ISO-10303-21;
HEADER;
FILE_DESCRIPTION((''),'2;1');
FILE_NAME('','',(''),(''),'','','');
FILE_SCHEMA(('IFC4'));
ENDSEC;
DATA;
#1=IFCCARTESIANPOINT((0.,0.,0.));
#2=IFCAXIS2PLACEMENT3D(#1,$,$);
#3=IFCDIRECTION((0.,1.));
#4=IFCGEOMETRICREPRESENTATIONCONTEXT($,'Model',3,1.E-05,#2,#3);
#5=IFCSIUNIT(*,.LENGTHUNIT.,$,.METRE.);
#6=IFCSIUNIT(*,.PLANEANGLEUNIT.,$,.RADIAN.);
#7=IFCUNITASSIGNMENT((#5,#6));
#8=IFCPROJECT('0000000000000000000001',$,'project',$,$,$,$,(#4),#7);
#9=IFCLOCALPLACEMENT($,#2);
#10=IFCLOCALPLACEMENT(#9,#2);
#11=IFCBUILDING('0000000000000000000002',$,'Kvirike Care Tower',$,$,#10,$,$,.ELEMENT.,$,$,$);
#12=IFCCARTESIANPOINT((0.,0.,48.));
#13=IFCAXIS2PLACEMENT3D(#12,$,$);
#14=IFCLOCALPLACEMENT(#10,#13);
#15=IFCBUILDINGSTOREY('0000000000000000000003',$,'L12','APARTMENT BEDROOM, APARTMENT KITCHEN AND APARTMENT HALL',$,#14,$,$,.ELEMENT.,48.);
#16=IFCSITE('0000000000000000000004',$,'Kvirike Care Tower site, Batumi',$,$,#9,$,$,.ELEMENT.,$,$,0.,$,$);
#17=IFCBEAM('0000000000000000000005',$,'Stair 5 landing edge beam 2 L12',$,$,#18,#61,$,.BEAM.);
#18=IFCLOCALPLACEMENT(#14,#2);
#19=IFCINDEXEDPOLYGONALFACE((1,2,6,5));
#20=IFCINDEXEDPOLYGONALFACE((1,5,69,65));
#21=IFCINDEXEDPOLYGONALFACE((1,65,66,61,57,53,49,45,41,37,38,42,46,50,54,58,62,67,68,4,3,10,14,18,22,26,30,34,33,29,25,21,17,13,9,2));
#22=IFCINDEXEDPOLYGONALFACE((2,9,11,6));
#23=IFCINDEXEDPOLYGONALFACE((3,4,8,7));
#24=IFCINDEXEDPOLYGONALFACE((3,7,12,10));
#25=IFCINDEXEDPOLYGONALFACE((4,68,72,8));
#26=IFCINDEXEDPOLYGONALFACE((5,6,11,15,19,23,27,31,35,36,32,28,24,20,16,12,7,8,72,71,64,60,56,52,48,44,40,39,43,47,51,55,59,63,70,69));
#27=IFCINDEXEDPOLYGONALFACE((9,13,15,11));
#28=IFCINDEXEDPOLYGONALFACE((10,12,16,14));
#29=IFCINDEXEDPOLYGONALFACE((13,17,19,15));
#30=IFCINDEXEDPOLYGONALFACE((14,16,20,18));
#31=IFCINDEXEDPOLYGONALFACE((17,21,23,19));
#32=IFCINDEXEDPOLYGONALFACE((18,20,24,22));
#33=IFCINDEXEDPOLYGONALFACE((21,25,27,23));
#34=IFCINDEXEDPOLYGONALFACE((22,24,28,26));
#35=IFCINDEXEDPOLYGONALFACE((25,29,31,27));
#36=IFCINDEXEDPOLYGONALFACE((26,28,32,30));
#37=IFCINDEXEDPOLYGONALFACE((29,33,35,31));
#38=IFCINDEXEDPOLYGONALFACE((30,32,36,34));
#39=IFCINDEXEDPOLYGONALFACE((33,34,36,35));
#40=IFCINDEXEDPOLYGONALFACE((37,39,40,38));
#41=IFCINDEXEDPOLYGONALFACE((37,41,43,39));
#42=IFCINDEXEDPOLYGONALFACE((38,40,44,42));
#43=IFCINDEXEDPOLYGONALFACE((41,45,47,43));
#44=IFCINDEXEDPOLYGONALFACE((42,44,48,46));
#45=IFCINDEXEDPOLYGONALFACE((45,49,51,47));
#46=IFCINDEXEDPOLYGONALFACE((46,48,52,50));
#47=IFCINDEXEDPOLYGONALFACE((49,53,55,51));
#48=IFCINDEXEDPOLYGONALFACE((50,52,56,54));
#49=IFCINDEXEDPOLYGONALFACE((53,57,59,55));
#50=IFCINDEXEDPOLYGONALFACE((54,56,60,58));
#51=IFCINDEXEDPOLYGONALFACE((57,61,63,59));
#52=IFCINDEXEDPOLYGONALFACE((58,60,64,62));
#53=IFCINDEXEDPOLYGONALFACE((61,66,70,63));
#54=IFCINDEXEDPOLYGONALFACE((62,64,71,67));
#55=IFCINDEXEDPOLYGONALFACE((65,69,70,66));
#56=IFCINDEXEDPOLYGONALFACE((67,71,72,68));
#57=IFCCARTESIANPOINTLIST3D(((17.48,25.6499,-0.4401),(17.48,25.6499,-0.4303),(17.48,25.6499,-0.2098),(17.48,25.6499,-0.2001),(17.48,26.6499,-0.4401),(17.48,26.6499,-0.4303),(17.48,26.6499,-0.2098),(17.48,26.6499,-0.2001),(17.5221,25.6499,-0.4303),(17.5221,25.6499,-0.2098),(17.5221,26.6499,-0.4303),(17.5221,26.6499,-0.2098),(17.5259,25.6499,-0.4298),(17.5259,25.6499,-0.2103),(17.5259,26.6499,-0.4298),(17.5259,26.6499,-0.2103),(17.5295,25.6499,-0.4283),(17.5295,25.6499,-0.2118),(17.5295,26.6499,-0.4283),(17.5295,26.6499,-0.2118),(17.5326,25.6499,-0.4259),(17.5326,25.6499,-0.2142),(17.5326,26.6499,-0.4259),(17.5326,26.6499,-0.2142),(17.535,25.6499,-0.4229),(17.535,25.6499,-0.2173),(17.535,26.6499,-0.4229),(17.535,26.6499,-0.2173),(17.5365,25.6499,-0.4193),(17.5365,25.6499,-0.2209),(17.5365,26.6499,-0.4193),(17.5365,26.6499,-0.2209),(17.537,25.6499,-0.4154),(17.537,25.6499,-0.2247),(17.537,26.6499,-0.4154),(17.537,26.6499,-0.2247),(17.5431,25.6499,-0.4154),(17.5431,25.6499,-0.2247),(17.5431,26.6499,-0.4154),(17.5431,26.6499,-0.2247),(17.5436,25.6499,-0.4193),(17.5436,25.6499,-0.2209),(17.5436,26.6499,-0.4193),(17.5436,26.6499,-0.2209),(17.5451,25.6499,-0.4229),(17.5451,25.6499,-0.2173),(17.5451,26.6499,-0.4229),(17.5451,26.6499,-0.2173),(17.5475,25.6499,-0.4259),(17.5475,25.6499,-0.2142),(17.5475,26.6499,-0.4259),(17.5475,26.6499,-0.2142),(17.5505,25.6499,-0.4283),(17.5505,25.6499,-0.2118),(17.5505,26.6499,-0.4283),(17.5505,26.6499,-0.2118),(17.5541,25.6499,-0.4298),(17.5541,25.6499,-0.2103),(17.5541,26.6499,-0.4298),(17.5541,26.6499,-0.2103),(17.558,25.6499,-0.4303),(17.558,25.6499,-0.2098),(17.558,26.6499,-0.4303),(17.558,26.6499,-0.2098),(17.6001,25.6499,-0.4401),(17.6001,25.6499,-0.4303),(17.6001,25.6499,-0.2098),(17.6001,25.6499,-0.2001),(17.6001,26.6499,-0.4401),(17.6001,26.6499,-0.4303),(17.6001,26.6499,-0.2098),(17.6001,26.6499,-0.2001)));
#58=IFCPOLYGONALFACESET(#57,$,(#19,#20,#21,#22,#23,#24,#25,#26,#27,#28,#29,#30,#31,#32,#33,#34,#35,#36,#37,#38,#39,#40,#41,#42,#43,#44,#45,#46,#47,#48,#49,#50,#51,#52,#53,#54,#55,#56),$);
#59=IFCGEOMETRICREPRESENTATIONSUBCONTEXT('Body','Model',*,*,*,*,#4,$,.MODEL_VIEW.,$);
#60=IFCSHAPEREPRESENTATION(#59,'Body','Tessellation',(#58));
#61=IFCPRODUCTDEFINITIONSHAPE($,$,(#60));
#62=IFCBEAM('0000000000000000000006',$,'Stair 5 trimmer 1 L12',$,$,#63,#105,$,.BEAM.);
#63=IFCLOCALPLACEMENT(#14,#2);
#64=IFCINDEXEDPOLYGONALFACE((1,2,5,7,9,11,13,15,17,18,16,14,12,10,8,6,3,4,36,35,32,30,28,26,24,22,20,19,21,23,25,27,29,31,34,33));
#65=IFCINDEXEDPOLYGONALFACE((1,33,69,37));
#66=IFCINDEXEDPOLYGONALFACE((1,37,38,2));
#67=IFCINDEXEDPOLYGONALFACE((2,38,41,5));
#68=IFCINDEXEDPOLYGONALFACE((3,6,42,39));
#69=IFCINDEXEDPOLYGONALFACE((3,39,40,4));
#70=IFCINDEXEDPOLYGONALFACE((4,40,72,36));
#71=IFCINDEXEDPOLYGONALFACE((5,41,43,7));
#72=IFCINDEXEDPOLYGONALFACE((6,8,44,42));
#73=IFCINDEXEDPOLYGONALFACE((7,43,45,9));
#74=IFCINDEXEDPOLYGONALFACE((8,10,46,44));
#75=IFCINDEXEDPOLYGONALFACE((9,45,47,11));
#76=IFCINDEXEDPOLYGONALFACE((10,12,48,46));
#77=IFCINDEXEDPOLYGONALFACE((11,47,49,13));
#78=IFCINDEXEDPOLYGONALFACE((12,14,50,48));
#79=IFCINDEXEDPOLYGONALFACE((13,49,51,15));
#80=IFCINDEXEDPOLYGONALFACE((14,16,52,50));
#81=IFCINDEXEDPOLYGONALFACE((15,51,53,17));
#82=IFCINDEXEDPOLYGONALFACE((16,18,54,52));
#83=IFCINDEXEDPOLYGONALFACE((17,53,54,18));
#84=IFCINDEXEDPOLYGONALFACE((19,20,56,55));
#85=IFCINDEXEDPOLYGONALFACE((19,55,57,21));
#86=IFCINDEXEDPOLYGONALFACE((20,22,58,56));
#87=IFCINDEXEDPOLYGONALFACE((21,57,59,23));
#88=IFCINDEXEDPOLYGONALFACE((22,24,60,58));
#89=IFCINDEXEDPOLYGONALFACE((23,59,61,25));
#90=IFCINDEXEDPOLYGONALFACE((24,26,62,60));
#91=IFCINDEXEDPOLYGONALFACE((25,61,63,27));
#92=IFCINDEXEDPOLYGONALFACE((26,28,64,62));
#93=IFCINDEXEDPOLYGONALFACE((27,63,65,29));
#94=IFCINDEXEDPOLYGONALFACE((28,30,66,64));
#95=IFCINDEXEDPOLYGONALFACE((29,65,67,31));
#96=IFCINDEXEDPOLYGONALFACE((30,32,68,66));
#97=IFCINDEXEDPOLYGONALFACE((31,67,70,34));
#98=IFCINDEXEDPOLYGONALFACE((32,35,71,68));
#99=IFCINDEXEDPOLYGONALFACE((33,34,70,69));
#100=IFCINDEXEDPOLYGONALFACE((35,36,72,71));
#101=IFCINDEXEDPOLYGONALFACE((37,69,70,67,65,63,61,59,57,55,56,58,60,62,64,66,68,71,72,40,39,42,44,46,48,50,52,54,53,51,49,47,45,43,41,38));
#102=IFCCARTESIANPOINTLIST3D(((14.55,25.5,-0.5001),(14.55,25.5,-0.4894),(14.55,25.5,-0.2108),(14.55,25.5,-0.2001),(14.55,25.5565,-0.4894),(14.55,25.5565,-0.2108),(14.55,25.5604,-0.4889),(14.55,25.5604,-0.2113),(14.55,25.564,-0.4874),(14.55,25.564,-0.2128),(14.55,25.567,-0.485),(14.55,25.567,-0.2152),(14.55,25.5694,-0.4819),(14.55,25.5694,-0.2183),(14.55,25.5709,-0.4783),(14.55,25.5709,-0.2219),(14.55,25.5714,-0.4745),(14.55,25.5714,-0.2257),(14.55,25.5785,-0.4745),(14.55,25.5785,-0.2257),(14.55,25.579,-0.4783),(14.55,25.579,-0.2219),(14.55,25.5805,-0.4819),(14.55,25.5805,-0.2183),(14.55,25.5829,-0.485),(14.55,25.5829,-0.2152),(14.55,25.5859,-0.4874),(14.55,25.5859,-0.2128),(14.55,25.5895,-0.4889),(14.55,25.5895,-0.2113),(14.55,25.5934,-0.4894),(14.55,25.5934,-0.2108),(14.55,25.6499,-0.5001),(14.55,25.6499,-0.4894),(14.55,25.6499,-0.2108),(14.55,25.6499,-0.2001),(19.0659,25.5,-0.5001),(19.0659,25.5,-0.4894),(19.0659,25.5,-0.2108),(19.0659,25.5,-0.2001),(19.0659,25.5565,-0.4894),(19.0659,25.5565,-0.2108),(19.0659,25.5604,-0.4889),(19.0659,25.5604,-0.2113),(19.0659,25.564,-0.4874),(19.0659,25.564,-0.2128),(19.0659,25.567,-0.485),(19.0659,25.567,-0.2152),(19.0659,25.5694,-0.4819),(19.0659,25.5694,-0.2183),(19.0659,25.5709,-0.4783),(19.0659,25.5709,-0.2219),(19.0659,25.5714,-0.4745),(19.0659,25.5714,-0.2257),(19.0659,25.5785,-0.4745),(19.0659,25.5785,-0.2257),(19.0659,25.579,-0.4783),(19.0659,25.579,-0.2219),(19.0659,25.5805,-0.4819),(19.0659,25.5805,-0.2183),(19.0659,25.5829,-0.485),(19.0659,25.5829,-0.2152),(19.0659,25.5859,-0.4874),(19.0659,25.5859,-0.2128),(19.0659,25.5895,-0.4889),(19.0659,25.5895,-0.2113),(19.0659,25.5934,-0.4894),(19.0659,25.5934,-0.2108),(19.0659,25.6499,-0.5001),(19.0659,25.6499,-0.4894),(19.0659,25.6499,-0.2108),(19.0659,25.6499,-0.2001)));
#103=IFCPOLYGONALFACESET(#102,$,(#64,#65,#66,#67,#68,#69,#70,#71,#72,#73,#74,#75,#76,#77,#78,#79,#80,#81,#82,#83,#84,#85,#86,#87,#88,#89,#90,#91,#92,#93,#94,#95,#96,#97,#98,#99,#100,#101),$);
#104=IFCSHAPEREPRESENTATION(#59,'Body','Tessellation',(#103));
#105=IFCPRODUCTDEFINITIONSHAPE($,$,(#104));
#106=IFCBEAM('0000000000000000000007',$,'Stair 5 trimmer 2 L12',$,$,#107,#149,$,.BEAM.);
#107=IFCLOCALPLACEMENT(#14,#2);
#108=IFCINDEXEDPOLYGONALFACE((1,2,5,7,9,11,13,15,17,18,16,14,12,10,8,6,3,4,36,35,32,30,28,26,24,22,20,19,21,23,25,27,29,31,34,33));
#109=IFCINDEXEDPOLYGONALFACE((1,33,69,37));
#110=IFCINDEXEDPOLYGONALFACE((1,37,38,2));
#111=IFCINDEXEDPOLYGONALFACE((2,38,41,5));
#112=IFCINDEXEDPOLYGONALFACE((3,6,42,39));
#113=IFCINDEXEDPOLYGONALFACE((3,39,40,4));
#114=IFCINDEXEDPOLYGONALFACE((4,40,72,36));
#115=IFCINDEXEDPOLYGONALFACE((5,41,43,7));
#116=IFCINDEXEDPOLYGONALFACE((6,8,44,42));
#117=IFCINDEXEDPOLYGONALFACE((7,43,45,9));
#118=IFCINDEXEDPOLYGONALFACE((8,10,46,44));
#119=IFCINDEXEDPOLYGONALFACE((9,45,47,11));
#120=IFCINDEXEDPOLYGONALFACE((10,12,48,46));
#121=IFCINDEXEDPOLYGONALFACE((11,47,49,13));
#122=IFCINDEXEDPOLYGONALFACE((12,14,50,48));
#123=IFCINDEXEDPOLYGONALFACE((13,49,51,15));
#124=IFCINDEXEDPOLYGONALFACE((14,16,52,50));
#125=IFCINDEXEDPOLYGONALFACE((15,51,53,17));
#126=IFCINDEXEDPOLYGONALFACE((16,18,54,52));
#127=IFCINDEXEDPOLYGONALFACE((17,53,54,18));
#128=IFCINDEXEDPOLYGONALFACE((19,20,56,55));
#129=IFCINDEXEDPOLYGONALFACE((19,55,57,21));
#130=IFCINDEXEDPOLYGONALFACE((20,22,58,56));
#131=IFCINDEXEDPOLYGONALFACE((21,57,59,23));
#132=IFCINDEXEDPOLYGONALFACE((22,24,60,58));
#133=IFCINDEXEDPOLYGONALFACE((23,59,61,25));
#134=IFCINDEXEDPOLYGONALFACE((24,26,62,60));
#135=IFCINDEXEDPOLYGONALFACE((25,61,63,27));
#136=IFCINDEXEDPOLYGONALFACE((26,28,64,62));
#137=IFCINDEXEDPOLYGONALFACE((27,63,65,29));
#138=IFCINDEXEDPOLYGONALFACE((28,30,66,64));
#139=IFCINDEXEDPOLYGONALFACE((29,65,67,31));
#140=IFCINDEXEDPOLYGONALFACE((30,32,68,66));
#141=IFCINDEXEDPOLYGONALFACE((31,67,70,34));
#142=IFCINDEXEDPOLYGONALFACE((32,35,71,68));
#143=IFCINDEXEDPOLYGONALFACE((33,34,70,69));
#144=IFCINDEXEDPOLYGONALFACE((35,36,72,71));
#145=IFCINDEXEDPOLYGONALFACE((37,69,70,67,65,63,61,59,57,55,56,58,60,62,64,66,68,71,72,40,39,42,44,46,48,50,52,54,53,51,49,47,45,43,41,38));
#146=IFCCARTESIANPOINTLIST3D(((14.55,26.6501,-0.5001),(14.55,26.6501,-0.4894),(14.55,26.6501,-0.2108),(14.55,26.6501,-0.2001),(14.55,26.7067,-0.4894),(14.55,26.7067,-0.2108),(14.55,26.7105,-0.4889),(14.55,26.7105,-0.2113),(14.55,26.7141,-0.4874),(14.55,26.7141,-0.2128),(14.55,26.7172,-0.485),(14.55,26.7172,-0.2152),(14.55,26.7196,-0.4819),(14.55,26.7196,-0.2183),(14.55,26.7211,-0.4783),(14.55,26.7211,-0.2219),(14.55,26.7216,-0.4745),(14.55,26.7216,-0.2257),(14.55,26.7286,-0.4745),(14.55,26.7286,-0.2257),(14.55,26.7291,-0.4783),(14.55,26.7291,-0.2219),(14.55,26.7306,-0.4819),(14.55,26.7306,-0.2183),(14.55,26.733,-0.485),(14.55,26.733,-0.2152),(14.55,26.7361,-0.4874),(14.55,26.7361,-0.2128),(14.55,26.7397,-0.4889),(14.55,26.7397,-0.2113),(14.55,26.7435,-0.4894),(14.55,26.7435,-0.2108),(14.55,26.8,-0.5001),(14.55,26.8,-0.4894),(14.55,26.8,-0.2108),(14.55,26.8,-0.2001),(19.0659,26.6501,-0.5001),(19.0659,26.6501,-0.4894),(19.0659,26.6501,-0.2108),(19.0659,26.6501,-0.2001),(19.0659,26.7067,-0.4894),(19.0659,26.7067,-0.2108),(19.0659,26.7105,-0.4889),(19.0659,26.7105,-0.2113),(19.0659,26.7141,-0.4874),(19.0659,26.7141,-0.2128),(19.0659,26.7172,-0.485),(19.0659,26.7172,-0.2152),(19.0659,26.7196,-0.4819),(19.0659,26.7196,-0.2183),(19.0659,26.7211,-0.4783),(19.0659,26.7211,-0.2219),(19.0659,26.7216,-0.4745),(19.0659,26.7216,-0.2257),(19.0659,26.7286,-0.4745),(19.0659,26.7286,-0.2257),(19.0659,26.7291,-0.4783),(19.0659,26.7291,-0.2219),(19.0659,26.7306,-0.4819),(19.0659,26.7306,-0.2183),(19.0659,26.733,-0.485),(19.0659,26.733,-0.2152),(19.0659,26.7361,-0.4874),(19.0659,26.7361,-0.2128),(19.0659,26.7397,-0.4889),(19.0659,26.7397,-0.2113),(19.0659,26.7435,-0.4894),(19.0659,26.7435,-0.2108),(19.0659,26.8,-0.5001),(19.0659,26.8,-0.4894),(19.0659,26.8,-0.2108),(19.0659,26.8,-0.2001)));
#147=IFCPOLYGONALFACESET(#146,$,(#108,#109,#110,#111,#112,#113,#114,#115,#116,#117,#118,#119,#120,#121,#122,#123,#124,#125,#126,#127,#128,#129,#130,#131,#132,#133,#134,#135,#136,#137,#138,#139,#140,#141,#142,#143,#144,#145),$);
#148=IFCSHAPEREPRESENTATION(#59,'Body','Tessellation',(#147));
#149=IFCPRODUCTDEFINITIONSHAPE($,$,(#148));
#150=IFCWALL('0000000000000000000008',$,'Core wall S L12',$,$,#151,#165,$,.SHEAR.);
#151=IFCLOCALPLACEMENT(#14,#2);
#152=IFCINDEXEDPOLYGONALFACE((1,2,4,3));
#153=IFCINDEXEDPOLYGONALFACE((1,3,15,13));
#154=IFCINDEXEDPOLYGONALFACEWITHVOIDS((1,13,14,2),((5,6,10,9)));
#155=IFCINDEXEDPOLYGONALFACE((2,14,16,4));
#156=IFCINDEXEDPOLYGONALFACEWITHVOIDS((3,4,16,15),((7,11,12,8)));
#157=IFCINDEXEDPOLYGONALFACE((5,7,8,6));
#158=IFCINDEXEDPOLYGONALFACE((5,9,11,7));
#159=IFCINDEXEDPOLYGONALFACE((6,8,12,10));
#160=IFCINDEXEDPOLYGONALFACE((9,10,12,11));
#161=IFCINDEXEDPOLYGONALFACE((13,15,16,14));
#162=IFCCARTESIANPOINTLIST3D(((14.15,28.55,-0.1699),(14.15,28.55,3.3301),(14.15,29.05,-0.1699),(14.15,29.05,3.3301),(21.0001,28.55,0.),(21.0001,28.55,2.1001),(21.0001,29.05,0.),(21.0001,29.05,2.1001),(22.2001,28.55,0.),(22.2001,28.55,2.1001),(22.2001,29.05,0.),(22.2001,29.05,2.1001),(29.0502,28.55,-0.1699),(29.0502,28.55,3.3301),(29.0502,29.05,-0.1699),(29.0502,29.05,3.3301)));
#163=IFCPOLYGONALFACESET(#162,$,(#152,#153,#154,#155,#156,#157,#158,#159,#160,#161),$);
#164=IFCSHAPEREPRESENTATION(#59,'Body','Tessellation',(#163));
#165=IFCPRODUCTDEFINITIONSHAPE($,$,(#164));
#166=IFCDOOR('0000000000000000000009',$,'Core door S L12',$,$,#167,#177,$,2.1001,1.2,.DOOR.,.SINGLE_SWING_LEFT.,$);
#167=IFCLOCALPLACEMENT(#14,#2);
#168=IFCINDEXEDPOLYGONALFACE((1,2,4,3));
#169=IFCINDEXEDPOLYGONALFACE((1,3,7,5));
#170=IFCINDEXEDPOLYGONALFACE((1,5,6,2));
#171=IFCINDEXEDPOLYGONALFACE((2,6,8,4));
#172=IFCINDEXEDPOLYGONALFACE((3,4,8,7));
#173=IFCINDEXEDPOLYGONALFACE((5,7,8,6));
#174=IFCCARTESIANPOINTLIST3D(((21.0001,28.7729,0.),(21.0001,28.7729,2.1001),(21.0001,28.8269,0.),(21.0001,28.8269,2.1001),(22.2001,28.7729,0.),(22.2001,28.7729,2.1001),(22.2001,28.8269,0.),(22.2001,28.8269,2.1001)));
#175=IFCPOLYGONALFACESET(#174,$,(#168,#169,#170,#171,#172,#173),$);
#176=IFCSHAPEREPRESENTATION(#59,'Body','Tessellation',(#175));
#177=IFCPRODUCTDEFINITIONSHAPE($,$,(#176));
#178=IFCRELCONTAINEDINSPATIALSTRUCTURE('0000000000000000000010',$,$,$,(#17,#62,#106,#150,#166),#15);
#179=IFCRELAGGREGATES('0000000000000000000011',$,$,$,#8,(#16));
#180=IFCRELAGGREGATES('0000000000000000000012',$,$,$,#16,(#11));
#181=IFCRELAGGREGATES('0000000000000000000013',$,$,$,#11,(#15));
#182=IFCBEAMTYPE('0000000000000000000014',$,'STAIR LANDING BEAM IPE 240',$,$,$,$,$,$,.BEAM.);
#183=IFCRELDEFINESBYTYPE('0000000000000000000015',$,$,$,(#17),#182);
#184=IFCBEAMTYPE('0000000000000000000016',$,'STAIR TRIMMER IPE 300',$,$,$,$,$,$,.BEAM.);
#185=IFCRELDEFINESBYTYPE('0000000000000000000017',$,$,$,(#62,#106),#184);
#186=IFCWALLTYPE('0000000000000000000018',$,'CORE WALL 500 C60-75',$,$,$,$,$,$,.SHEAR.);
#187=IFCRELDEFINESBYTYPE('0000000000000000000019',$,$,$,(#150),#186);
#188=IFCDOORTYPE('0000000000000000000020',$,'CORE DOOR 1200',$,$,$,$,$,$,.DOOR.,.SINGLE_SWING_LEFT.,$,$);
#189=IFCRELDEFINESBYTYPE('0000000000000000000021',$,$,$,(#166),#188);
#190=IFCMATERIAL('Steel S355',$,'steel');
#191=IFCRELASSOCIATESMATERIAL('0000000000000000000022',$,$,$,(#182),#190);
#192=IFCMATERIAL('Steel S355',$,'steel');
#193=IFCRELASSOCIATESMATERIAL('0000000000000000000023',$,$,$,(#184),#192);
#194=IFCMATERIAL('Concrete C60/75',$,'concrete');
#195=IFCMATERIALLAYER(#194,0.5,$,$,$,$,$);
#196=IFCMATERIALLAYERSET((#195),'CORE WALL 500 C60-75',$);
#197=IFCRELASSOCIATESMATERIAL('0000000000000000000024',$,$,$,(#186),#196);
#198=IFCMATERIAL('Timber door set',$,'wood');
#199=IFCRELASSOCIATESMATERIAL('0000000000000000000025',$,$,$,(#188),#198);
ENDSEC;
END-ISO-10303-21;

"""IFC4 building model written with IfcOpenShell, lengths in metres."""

from ifc_helpers import new_model, si_unit, direction, frame, frame_2d, origin, origin_2d, place, context, subcontext, project, spatial, rectangle, i_section, extrude, material, layer, layer_set, material_profile, profile_set, type_object, element, fill, save


model = new_model("IFC4")

# Units and contexts
model_context = context("Model", 3, precision=1e-05, world=origin(), true_north=direction((0.0, 1.0)))
body_context = subcontext(model_context, "Body", "Model", "MODEL_VIEW")
ifc_project = project(units=[si_unit("LENGTHUNIT", "METRE"), si_unit("PLANEANGLEUNIT", "RADIAN")], contexts=[model_context])

# Site, building, storey
site_placement = place(None, origin())
site = spatial("IfcSite", under=ifc_project, at=site_placement, Name="Kvirike Care Tower site, Batumi", CompositionType="ELEMENT", RefElevation=0.0)
building_placement = place(site_placement, origin())
building = spatial("IfcBuilding", under=site, at=building_placement, Name="Kvirike Care Tower", CompositionType="ELEMENT")
storey_placement = place(building_placement, frame((0.0, 0.0, 48.0)))
storey = spatial("IfcBuildingStorey", under=building, at=storey_placement, Name="L12", Description="APARTMENT BEDROOM, APARTMENT KITCHEN AND APARTMENT HALL", CompositionType="ELEMENT", Elevation=48.0)

# Beams
ifc_material_1 = material(Name="Steel S355", Category="steel")
ifc_material_profile_1 = material_profile(ifc_material_1, i_section(OverallWidth=0.1201, OverallDepth=0.24, WebThickness=0.0061, FlangeThickness=0.0098, FilletRadius=0.0149, at=origin_2d()), Name="IPE 240")
ifc_profile_set_1 = profile_set([ifc_material_profile_1], Name="Steel S355")
beam_type_1 = type_object("IfcBeamType", Name="STAIR LANDING BEAM IPE 240", PredefinedType="BEAM", material=ifc_profile_set_1)
for number, where, z_axis, x_axis, name in (
    (1, (17.54, 25.6499, -0.3201), (0.0, 1.0, 0.0), (-1.0, 0.0, 0.0), "Stair 5 landing edge beam 2 L12"),
):
    element("IfcBeam", number, at=place(storey_placement, frame(where, z_axis=z_axis, x_axis=x_axis)), inside=storey, type_object=beam_type_1, Name=name, PredefinedType="BEAM", context=body_context, shape_type="SweptSolid", body=[
        extrude(i_section(OverallWidth=0.1201, OverallDepth=0.24, WebThickness=0.0061, FlangeThickness=0.0098, FilletRadius=0.0149, at=origin_2d()), origin(), (0.0, 0.0, 1.0), 1.0),
    ])
ifc_material_2 = material(Name="Steel S355", Category="steel")
ifc_material_profile_2 = material_profile(ifc_material_2, i_section(OverallWidth=0.1499, OverallDepth=0.3, WebThickness=0.0071, FlangeThickness=0.0107, FilletRadius=0.0149, at=origin_2d()), Name="IPE 300")
ifc_profile_set_2 = profile_set([ifc_material_profile_2], Name="Steel S355")
beam_type_2 = type_object("IfcBeamType", Name="STAIR TRIMMER IPE 300", PredefinedType="BEAM", material=ifc_profile_set_2)
for number, where, z_axis, x_axis, name in (
    (2, (14.55, 25.575, -0.3501), (1.0, 0.0, 0.0), (0.0, 1.0, 0.0), "Stair 5 trimmer 1 L12"),
    (3, (14.55, 26.7251, -0.3501), (1.0, 0.0, 0.0), (0.0, 1.0, 0.0), "Stair 5 trimmer 2 L12"),
):
    element("IfcBeam", number, at=place(storey_placement, frame(where, z_axis=z_axis, x_axis=x_axis)), inside=storey, type_object=beam_type_2, Name=name, PredefinedType="BEAM", context=body_context, shape_type="SweptSolid", body=[
        extrude(i_section(OverallWidth=0.1499, OverallDepth=0.3, WebThickness=0.0071, FlangeThickness=0.0107, FilletRadius=0.0149, at=origin_2d()), origin(), (0.0, 0.0, 1.0), 4.5159),
    ])

# Wall, opening, door
ifc_material_3 = material(Name="Concrete C60/75", Category="concrete")
ifc_layer_1 = layer(ifc_material_3, 0.5)
ifc_layer_set_1 = layer_set([ifc_layer_1], Name="CORE WALL 500 C60-75")
wall_type_1 = type_object("IfcWallType", Name="CORE WALL 500 C60-75", PredefinedType="SHEAR", material=ifc_layer_set_1)
wall_1_placement = place(storey_placement, frame((14.1499, 28.8, -0.1699), z_axis=(0.0, 0.0, 1.0), x_axis=(1.0, 0.0, 0.0)))
wall_1 = element("IfcWall", 4, at=wall_1_placement, inside=storey, type_object=wall_type_1, Name="Core wall S L12", PredefinedType="SHEAR", context=body_context, shape_type="SweptSolid", body=[
    extrude(rectangle(XDim=14.9001, YDim=0.5, at=frame_2d((7.4502, 0.0))), origin(), (0.0, 0.0, 1.0), 3.5),
])
opening_1_placement = place(wall_1_placement, frame((6.8501, 0.0, 0.1699)))
opening_1 = element("IfcOpeningElement", 5, at=opening_1_placement, cuts=wall_1, PredefinedType="OPENING", context=body_context, shape_type="SweptSolid", body=[
    extrude(rectangle(XDim=1.2, YDim=2.1001, at=frame_2d((0.6001, 1.05))), frame((0.0, 0.2605, 0.0), z_axis=(0.0, -1.0, 0.0), x_axis=(1.0, 0.0, 0.0)), (0.0, 0.0, 1.0), 0.521),
])
ifc_material_4 = material(Name="Timber door set", Category="wood")
door_type_1 = type_object("IfcDoorType", Name="CORE DOOR 1200", OperationType="SINGLE_SWING_LEFT", PredefinedType="DOOR", material=ifc_material_4)
door_1_placement = place(opening_1_placement, origin())
door_1 = element("IfcDoor", 6, at=door_1_placement, inside=storey, type_object=door_type_1, Name="Core door S L12", OperationType="SINGLE_SWING_LEFT", OverallHeight=2.1001, OverallWidth=1.2, PredefinedType="DOOR", context=body_context, shape_type="SweptSolid", body=[
    extrude(rectangle(XDim=1.2, YDim=2.1001, at=frame_2d((0.6001, 1.05))), frame((0.0, 0.0269, 0.0), z_axis=(0.0, -1.0, 0.0), x_axis=(1.0, 0.0, 0.0)), (0.0, 0.0, 1.0), 0.054),
])
fill(opening_1, door_1)

save(model, "model.ifc")
